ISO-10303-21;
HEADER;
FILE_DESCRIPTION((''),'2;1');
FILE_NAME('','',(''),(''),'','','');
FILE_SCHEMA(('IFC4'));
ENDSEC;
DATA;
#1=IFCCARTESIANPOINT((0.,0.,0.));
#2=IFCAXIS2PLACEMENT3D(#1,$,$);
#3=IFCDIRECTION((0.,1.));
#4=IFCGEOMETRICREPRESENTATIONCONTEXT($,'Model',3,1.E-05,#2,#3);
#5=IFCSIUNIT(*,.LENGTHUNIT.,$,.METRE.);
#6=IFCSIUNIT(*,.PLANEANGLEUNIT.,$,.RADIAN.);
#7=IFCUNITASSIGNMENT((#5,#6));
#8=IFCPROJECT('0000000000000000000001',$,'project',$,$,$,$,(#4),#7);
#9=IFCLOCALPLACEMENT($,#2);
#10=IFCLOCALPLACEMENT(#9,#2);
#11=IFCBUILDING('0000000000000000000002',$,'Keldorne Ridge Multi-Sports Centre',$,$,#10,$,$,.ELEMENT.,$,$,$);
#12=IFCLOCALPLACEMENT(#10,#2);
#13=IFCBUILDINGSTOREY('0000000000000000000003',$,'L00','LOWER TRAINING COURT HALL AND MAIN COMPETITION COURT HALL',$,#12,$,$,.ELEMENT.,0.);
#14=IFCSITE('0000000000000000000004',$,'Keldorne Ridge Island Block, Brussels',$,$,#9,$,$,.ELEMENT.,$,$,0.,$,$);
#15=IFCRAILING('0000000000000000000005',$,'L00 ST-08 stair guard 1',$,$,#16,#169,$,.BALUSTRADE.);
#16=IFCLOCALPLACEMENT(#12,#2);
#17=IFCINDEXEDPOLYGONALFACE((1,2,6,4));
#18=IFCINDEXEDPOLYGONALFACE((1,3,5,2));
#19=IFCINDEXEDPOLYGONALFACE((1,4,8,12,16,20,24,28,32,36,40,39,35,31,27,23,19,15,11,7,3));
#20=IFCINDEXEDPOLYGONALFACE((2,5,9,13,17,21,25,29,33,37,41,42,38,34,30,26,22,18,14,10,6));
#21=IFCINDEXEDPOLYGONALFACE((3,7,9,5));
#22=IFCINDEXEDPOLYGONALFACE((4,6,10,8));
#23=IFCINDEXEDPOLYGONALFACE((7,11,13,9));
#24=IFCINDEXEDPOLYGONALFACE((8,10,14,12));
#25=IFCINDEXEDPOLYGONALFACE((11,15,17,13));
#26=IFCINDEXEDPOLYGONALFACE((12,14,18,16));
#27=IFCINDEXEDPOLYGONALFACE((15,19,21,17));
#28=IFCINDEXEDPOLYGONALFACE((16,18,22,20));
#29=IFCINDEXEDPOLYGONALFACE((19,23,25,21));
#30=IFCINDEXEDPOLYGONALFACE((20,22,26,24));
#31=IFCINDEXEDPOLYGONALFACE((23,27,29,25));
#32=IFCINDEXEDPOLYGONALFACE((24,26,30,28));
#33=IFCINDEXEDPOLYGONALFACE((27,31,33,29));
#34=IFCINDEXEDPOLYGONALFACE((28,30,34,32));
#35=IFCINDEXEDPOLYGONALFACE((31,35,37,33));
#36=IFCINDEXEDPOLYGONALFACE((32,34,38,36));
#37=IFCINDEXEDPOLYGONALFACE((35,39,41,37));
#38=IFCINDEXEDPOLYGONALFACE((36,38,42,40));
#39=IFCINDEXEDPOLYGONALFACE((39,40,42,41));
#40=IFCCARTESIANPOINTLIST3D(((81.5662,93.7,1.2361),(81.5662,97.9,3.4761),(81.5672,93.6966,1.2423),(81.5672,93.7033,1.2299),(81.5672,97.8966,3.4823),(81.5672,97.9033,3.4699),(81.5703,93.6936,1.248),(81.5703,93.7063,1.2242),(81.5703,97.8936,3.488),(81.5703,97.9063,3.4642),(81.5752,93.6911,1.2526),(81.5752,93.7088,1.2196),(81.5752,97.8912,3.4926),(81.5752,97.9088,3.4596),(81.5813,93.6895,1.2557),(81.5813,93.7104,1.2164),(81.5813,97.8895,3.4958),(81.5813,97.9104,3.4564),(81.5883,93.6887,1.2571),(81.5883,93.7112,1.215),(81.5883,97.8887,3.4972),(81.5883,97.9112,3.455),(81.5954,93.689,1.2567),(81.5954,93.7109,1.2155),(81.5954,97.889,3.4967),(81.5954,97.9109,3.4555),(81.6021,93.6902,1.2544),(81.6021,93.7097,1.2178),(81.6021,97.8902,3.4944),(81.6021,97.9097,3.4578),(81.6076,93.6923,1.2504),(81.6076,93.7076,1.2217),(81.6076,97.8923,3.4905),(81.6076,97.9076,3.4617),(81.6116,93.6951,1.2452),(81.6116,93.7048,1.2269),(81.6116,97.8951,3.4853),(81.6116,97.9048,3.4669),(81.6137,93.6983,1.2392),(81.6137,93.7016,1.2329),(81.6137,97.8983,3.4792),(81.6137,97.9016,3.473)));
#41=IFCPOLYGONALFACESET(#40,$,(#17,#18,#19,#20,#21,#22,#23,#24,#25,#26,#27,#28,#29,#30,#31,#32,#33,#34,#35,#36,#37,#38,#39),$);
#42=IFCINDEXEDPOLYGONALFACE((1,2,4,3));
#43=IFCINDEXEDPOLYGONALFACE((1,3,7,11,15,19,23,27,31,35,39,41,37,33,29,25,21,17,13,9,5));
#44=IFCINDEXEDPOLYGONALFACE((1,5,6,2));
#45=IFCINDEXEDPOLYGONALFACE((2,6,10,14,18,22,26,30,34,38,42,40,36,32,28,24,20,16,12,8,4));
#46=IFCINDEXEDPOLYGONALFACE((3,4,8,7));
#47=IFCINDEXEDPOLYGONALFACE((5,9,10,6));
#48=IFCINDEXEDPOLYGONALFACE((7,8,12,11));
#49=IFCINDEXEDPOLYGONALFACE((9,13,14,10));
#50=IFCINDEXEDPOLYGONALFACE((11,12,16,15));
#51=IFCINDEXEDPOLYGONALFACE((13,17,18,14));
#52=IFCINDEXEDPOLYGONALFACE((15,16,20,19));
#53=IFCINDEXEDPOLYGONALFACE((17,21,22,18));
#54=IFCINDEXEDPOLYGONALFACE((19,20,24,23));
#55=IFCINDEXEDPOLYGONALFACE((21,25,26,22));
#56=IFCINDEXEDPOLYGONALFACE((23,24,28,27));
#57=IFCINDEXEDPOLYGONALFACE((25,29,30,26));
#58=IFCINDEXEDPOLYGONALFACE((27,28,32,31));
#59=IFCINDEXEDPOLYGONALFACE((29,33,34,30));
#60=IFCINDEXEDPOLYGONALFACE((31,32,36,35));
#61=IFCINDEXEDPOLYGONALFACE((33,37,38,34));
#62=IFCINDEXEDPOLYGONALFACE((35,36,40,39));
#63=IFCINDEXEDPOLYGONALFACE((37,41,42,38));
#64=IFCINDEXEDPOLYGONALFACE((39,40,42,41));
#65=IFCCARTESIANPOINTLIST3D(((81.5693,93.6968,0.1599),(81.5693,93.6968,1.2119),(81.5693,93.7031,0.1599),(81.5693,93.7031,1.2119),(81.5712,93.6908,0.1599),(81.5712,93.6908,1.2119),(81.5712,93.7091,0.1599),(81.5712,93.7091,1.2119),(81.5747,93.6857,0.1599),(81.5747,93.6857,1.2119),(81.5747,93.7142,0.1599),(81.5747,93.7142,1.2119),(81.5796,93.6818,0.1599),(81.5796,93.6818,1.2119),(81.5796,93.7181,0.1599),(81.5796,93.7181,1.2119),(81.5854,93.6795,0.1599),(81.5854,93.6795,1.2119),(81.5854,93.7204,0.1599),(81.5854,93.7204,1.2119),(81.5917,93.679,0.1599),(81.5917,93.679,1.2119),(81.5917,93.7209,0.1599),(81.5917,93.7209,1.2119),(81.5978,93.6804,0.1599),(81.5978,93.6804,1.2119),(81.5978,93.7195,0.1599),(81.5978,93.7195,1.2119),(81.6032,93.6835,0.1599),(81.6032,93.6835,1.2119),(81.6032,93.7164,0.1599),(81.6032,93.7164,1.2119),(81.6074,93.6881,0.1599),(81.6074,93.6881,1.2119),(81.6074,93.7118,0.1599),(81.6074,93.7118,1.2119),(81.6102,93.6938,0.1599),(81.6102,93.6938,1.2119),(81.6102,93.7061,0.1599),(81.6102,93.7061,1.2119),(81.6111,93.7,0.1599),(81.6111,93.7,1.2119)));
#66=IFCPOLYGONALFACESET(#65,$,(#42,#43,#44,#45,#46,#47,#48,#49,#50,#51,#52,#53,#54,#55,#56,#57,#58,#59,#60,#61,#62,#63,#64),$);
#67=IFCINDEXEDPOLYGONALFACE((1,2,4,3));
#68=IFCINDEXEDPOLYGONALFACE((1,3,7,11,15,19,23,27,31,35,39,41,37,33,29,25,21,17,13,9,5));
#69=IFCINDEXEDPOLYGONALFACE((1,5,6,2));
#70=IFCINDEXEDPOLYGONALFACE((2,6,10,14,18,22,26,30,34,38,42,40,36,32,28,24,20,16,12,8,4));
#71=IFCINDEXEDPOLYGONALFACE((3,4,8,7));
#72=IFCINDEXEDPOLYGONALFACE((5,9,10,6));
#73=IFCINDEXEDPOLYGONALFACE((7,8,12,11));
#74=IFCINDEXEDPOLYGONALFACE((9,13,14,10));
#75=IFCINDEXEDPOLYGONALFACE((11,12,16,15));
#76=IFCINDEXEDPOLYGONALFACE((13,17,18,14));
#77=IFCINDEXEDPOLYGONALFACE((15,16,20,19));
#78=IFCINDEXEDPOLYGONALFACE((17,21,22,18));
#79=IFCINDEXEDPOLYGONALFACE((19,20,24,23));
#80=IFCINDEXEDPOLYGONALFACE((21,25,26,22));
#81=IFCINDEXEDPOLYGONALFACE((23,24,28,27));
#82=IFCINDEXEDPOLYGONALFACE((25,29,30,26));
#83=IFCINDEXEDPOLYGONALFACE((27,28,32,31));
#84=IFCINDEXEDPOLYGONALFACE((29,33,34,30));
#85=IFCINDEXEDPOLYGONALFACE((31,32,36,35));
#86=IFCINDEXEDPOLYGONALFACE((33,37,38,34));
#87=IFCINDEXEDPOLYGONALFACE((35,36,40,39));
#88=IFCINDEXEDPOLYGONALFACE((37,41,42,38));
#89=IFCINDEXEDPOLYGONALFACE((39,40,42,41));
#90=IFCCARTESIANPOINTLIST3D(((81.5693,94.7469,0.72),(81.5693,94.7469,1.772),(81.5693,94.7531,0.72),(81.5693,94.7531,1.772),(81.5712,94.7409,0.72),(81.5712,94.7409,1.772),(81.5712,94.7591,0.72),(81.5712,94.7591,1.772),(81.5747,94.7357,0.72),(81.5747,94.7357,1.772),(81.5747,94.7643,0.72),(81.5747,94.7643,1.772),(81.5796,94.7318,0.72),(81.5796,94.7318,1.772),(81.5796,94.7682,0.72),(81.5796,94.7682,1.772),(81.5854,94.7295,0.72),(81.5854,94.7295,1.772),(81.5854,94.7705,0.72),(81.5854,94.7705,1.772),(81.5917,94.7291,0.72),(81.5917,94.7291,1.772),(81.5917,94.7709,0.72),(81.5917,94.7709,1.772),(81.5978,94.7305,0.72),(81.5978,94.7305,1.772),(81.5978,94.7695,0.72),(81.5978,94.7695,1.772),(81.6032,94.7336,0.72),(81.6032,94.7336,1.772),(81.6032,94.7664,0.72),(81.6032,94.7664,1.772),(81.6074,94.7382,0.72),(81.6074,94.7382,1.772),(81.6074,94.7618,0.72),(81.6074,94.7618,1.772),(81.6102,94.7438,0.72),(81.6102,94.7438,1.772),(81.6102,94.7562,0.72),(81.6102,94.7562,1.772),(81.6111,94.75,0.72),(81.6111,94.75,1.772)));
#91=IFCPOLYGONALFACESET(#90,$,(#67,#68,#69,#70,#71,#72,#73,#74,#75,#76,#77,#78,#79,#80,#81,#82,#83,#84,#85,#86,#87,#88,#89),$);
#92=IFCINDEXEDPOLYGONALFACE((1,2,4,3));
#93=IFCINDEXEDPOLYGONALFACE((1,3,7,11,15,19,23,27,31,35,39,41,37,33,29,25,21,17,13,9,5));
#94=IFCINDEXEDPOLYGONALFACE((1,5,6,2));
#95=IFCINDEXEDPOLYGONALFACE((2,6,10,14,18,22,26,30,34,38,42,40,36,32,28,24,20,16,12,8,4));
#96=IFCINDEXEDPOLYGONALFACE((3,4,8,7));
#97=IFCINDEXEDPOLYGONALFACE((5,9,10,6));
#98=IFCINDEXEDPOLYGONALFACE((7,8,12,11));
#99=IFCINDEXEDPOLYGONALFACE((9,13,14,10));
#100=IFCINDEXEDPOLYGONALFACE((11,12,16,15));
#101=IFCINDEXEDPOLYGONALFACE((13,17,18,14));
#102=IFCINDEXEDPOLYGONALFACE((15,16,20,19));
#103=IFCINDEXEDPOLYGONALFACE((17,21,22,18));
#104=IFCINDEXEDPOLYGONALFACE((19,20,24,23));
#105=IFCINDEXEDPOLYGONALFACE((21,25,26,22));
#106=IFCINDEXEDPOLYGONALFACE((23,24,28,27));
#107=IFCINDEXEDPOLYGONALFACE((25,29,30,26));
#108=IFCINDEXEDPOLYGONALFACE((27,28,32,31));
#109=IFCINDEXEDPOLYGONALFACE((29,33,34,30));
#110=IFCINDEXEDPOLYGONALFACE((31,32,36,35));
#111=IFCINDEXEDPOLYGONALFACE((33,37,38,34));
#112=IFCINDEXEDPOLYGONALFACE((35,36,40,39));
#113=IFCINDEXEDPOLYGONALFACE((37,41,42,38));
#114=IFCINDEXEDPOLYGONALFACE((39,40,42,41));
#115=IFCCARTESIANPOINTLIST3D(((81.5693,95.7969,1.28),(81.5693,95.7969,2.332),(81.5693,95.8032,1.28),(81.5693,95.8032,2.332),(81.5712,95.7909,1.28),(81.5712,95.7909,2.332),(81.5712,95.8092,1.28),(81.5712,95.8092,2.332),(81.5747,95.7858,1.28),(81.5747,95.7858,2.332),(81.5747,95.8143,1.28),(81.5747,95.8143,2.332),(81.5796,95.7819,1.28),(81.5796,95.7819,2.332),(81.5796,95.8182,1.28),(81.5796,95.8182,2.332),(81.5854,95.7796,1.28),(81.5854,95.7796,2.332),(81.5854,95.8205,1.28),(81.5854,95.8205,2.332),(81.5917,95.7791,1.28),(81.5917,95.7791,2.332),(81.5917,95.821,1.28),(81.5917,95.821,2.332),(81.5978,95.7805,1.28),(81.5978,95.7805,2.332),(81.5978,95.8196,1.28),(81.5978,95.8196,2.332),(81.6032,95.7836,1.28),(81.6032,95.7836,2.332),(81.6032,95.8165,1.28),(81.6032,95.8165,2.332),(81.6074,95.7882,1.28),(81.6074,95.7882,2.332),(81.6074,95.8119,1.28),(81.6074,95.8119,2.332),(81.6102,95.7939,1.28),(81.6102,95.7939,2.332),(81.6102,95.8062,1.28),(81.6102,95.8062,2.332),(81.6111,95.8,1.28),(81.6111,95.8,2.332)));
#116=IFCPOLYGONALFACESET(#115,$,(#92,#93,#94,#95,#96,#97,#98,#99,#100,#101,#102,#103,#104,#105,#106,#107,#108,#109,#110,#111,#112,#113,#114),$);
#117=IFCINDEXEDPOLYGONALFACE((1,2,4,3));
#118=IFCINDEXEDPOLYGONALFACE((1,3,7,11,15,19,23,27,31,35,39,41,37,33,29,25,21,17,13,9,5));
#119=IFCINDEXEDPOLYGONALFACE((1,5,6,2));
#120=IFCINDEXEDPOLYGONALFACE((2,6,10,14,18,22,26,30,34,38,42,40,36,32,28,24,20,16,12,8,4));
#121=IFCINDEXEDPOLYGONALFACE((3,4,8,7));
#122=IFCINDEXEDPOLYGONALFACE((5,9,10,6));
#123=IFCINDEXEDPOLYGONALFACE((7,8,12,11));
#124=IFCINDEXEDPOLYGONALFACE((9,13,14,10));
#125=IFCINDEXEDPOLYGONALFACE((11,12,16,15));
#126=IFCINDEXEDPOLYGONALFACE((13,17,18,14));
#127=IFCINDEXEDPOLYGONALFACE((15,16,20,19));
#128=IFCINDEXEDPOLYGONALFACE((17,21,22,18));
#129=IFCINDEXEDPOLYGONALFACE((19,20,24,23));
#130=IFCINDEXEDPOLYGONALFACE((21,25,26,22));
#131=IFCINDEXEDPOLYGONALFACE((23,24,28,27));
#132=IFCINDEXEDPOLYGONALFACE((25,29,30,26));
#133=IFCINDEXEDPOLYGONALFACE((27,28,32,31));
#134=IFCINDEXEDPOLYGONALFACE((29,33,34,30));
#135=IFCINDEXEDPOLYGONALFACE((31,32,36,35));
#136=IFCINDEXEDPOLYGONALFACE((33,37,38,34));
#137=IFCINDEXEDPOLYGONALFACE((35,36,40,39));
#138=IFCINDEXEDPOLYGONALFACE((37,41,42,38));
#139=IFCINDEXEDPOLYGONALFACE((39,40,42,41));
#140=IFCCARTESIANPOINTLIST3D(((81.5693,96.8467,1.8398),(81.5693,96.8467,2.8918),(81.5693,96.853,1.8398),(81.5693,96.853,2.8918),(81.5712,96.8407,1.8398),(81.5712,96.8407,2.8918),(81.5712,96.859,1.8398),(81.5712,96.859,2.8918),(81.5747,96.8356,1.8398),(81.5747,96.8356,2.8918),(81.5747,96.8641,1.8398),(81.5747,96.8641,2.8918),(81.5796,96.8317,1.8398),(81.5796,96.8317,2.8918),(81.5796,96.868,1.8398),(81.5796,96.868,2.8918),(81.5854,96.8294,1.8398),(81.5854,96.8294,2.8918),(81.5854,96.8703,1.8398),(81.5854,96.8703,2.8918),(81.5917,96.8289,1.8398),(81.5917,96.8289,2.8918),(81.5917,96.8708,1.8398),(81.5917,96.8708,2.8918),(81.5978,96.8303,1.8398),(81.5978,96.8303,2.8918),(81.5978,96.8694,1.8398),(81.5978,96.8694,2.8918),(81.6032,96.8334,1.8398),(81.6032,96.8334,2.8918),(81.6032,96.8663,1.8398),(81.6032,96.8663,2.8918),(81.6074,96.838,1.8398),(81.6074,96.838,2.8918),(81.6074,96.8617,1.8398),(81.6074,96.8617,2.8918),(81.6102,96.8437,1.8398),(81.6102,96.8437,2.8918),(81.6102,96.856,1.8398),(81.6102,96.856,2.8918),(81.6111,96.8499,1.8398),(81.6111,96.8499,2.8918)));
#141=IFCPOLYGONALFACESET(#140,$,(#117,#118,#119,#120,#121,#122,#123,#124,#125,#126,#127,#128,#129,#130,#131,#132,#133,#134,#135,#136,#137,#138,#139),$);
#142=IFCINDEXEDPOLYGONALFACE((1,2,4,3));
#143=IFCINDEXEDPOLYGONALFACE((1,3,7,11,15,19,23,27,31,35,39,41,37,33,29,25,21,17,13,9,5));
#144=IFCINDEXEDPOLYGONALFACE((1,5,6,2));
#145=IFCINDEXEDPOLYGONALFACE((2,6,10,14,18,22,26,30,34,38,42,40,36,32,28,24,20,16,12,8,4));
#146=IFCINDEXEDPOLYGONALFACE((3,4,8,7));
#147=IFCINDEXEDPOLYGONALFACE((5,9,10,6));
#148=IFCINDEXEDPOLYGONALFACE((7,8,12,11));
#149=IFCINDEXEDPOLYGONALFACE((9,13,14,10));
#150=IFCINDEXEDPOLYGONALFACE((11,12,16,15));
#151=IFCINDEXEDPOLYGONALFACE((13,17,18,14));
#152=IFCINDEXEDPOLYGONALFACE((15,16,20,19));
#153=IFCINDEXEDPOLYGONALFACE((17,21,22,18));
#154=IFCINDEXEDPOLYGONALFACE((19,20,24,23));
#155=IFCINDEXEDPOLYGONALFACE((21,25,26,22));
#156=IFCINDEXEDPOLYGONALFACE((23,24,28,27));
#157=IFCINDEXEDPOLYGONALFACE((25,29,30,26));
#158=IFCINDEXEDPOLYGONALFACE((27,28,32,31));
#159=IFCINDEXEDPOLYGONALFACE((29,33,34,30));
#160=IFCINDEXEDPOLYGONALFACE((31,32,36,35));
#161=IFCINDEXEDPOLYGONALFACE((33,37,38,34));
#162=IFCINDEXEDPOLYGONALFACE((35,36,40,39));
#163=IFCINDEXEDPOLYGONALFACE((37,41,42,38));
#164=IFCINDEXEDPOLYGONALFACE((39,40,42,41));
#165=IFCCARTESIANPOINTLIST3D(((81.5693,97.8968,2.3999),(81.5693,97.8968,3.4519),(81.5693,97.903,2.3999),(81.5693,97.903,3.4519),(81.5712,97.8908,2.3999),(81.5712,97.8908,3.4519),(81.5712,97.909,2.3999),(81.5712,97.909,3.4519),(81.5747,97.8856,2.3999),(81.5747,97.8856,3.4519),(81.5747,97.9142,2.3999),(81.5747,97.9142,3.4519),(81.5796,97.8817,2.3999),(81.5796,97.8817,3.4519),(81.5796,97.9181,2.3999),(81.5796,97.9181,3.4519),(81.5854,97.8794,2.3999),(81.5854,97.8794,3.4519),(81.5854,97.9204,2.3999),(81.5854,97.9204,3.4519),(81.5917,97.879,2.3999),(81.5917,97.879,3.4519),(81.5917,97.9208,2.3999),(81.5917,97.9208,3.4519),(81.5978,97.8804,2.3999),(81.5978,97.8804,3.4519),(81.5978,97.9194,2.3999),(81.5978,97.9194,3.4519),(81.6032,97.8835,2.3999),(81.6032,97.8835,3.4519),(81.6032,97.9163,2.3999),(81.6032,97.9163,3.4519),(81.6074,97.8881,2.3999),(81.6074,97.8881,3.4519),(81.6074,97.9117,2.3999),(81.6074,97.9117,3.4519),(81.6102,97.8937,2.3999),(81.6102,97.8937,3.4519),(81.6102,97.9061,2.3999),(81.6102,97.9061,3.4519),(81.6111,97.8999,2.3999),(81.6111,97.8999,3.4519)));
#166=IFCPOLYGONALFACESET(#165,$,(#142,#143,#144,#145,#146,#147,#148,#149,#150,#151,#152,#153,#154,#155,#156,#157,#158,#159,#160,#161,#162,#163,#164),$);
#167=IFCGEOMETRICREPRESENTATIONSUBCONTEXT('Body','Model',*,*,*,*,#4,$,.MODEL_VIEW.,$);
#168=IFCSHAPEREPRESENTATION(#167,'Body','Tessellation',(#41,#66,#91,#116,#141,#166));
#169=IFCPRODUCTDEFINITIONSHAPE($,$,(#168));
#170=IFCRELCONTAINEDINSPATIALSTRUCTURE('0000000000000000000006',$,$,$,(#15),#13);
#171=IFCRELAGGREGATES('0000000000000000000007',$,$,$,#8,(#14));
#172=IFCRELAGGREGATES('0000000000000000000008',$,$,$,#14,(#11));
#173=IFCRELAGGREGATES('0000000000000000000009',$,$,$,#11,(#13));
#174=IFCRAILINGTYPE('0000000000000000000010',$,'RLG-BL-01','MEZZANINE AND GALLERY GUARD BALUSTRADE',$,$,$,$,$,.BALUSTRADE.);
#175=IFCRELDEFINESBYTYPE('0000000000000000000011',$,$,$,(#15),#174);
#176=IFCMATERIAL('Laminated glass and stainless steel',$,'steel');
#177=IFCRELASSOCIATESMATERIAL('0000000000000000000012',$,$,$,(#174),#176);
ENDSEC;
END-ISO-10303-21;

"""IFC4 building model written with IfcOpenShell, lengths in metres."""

from ifc_helpers import new_model, si_unit, direction, frame, origin, origin_2d, place, context, subcontext, project, spatial, circle, extrude, material, type_object, element, save


model = new_model("IFC4")

# Units and contexts
model_context = context("Model", 3, precision=1e-05, world=origin(), true_north=direction((0.0, 1.0)))
body_context = subcontext(model_context, "Body", "Model", "MODEL_VIEW")
ifc_project = project(units=[si_unit("LENGTHUNIT", "METRE"), si_unit("PLANEANGLEUNIT", "RADIAN")], contexts=[model_context])

# Site, building, storey
site_placement = place(None, origin())
site = spatial("IfcSite", under=ifc_project, at=site_placement, Name="Keldorne Ridge Island Block, Brussels", CompositionType="ELEMENT", RefElevation=0.0)
building_placement = place(site_placement, origin())
building = spatial("IfcBuilding", under=site, at=building_placement, Name="Keldorne Ridge Multi-Sports Centre", CompositionType="ELEMENT")
storey_placement = place(building_placement, origin())
storey = spatial("IfcBuildingStorey", under=building, at=storey_placement, Name="L00", Description="LOWER TRAINING COURT HALL AND MAIN COMPETITION COURT HALL", CompositionType="ELEMENT", Elevation=0.0)

# Railing
ifc_material_1 = material(Name="Laminated glass and stainless steel", Category="steel")
railing_type_1 = type_object("IfcRailingType", Name="RLG-BL-01", Description="MEZZANINE AND GALLERY GUARD BALUSTRADE", PredefinedType="BALUSTRADE", material=ifc_material_1)
railing_1_placement = place(storey_placement, frame((81.5901, 93.7, 0.1599)))
element("IfcRailing", 1, at=railing_1_placement, inside=storey, type_object=railing_type_1, Name="L00 ST-08 stair guard 1", PredefinedType="BALUSTRADE", context=body_context, shape_type="SweptSolid", body=[
    extrude(circle(Radius=0.0239, at=origin_2d()), frame((0.0, 0.0, 1.0762), z_axis=(0.0, 0.882352, 0.470591), x_axis=(-1.0, 0.0, 0.0)), (0.0, 0.0, 1.0), 4.76),
    extrude(circle(Radius=0.021, at=origin_2d()), origin(), (0.0, 0.0, 1.0), 1.052),
    extrude(circle(Radius=0.021, at=origin_2d()), frame((0.0, 1.05, 0.5601)), (0.0, 0.0, 1.0), 1.052),
    extrude(circle(Radius=0.021, at=origin_2d()), frame((0.0, 2.1001, 1.1201)), (0.0, 0.0, 1.0), 1.052),
    extrude(circle(Radius=0.021, at=origin_2d()), frame((0.0, 3.1499, 1.6799)), (0.0, 0.0, 1.0), 1.052),
    extrude(circle(Radius=0.021, at=origin_2d()), frame((0.0, 4.2, 2.24)), (0.0, 0.0, 1.0), 1.052),
])

save(model, "model.ifc")
